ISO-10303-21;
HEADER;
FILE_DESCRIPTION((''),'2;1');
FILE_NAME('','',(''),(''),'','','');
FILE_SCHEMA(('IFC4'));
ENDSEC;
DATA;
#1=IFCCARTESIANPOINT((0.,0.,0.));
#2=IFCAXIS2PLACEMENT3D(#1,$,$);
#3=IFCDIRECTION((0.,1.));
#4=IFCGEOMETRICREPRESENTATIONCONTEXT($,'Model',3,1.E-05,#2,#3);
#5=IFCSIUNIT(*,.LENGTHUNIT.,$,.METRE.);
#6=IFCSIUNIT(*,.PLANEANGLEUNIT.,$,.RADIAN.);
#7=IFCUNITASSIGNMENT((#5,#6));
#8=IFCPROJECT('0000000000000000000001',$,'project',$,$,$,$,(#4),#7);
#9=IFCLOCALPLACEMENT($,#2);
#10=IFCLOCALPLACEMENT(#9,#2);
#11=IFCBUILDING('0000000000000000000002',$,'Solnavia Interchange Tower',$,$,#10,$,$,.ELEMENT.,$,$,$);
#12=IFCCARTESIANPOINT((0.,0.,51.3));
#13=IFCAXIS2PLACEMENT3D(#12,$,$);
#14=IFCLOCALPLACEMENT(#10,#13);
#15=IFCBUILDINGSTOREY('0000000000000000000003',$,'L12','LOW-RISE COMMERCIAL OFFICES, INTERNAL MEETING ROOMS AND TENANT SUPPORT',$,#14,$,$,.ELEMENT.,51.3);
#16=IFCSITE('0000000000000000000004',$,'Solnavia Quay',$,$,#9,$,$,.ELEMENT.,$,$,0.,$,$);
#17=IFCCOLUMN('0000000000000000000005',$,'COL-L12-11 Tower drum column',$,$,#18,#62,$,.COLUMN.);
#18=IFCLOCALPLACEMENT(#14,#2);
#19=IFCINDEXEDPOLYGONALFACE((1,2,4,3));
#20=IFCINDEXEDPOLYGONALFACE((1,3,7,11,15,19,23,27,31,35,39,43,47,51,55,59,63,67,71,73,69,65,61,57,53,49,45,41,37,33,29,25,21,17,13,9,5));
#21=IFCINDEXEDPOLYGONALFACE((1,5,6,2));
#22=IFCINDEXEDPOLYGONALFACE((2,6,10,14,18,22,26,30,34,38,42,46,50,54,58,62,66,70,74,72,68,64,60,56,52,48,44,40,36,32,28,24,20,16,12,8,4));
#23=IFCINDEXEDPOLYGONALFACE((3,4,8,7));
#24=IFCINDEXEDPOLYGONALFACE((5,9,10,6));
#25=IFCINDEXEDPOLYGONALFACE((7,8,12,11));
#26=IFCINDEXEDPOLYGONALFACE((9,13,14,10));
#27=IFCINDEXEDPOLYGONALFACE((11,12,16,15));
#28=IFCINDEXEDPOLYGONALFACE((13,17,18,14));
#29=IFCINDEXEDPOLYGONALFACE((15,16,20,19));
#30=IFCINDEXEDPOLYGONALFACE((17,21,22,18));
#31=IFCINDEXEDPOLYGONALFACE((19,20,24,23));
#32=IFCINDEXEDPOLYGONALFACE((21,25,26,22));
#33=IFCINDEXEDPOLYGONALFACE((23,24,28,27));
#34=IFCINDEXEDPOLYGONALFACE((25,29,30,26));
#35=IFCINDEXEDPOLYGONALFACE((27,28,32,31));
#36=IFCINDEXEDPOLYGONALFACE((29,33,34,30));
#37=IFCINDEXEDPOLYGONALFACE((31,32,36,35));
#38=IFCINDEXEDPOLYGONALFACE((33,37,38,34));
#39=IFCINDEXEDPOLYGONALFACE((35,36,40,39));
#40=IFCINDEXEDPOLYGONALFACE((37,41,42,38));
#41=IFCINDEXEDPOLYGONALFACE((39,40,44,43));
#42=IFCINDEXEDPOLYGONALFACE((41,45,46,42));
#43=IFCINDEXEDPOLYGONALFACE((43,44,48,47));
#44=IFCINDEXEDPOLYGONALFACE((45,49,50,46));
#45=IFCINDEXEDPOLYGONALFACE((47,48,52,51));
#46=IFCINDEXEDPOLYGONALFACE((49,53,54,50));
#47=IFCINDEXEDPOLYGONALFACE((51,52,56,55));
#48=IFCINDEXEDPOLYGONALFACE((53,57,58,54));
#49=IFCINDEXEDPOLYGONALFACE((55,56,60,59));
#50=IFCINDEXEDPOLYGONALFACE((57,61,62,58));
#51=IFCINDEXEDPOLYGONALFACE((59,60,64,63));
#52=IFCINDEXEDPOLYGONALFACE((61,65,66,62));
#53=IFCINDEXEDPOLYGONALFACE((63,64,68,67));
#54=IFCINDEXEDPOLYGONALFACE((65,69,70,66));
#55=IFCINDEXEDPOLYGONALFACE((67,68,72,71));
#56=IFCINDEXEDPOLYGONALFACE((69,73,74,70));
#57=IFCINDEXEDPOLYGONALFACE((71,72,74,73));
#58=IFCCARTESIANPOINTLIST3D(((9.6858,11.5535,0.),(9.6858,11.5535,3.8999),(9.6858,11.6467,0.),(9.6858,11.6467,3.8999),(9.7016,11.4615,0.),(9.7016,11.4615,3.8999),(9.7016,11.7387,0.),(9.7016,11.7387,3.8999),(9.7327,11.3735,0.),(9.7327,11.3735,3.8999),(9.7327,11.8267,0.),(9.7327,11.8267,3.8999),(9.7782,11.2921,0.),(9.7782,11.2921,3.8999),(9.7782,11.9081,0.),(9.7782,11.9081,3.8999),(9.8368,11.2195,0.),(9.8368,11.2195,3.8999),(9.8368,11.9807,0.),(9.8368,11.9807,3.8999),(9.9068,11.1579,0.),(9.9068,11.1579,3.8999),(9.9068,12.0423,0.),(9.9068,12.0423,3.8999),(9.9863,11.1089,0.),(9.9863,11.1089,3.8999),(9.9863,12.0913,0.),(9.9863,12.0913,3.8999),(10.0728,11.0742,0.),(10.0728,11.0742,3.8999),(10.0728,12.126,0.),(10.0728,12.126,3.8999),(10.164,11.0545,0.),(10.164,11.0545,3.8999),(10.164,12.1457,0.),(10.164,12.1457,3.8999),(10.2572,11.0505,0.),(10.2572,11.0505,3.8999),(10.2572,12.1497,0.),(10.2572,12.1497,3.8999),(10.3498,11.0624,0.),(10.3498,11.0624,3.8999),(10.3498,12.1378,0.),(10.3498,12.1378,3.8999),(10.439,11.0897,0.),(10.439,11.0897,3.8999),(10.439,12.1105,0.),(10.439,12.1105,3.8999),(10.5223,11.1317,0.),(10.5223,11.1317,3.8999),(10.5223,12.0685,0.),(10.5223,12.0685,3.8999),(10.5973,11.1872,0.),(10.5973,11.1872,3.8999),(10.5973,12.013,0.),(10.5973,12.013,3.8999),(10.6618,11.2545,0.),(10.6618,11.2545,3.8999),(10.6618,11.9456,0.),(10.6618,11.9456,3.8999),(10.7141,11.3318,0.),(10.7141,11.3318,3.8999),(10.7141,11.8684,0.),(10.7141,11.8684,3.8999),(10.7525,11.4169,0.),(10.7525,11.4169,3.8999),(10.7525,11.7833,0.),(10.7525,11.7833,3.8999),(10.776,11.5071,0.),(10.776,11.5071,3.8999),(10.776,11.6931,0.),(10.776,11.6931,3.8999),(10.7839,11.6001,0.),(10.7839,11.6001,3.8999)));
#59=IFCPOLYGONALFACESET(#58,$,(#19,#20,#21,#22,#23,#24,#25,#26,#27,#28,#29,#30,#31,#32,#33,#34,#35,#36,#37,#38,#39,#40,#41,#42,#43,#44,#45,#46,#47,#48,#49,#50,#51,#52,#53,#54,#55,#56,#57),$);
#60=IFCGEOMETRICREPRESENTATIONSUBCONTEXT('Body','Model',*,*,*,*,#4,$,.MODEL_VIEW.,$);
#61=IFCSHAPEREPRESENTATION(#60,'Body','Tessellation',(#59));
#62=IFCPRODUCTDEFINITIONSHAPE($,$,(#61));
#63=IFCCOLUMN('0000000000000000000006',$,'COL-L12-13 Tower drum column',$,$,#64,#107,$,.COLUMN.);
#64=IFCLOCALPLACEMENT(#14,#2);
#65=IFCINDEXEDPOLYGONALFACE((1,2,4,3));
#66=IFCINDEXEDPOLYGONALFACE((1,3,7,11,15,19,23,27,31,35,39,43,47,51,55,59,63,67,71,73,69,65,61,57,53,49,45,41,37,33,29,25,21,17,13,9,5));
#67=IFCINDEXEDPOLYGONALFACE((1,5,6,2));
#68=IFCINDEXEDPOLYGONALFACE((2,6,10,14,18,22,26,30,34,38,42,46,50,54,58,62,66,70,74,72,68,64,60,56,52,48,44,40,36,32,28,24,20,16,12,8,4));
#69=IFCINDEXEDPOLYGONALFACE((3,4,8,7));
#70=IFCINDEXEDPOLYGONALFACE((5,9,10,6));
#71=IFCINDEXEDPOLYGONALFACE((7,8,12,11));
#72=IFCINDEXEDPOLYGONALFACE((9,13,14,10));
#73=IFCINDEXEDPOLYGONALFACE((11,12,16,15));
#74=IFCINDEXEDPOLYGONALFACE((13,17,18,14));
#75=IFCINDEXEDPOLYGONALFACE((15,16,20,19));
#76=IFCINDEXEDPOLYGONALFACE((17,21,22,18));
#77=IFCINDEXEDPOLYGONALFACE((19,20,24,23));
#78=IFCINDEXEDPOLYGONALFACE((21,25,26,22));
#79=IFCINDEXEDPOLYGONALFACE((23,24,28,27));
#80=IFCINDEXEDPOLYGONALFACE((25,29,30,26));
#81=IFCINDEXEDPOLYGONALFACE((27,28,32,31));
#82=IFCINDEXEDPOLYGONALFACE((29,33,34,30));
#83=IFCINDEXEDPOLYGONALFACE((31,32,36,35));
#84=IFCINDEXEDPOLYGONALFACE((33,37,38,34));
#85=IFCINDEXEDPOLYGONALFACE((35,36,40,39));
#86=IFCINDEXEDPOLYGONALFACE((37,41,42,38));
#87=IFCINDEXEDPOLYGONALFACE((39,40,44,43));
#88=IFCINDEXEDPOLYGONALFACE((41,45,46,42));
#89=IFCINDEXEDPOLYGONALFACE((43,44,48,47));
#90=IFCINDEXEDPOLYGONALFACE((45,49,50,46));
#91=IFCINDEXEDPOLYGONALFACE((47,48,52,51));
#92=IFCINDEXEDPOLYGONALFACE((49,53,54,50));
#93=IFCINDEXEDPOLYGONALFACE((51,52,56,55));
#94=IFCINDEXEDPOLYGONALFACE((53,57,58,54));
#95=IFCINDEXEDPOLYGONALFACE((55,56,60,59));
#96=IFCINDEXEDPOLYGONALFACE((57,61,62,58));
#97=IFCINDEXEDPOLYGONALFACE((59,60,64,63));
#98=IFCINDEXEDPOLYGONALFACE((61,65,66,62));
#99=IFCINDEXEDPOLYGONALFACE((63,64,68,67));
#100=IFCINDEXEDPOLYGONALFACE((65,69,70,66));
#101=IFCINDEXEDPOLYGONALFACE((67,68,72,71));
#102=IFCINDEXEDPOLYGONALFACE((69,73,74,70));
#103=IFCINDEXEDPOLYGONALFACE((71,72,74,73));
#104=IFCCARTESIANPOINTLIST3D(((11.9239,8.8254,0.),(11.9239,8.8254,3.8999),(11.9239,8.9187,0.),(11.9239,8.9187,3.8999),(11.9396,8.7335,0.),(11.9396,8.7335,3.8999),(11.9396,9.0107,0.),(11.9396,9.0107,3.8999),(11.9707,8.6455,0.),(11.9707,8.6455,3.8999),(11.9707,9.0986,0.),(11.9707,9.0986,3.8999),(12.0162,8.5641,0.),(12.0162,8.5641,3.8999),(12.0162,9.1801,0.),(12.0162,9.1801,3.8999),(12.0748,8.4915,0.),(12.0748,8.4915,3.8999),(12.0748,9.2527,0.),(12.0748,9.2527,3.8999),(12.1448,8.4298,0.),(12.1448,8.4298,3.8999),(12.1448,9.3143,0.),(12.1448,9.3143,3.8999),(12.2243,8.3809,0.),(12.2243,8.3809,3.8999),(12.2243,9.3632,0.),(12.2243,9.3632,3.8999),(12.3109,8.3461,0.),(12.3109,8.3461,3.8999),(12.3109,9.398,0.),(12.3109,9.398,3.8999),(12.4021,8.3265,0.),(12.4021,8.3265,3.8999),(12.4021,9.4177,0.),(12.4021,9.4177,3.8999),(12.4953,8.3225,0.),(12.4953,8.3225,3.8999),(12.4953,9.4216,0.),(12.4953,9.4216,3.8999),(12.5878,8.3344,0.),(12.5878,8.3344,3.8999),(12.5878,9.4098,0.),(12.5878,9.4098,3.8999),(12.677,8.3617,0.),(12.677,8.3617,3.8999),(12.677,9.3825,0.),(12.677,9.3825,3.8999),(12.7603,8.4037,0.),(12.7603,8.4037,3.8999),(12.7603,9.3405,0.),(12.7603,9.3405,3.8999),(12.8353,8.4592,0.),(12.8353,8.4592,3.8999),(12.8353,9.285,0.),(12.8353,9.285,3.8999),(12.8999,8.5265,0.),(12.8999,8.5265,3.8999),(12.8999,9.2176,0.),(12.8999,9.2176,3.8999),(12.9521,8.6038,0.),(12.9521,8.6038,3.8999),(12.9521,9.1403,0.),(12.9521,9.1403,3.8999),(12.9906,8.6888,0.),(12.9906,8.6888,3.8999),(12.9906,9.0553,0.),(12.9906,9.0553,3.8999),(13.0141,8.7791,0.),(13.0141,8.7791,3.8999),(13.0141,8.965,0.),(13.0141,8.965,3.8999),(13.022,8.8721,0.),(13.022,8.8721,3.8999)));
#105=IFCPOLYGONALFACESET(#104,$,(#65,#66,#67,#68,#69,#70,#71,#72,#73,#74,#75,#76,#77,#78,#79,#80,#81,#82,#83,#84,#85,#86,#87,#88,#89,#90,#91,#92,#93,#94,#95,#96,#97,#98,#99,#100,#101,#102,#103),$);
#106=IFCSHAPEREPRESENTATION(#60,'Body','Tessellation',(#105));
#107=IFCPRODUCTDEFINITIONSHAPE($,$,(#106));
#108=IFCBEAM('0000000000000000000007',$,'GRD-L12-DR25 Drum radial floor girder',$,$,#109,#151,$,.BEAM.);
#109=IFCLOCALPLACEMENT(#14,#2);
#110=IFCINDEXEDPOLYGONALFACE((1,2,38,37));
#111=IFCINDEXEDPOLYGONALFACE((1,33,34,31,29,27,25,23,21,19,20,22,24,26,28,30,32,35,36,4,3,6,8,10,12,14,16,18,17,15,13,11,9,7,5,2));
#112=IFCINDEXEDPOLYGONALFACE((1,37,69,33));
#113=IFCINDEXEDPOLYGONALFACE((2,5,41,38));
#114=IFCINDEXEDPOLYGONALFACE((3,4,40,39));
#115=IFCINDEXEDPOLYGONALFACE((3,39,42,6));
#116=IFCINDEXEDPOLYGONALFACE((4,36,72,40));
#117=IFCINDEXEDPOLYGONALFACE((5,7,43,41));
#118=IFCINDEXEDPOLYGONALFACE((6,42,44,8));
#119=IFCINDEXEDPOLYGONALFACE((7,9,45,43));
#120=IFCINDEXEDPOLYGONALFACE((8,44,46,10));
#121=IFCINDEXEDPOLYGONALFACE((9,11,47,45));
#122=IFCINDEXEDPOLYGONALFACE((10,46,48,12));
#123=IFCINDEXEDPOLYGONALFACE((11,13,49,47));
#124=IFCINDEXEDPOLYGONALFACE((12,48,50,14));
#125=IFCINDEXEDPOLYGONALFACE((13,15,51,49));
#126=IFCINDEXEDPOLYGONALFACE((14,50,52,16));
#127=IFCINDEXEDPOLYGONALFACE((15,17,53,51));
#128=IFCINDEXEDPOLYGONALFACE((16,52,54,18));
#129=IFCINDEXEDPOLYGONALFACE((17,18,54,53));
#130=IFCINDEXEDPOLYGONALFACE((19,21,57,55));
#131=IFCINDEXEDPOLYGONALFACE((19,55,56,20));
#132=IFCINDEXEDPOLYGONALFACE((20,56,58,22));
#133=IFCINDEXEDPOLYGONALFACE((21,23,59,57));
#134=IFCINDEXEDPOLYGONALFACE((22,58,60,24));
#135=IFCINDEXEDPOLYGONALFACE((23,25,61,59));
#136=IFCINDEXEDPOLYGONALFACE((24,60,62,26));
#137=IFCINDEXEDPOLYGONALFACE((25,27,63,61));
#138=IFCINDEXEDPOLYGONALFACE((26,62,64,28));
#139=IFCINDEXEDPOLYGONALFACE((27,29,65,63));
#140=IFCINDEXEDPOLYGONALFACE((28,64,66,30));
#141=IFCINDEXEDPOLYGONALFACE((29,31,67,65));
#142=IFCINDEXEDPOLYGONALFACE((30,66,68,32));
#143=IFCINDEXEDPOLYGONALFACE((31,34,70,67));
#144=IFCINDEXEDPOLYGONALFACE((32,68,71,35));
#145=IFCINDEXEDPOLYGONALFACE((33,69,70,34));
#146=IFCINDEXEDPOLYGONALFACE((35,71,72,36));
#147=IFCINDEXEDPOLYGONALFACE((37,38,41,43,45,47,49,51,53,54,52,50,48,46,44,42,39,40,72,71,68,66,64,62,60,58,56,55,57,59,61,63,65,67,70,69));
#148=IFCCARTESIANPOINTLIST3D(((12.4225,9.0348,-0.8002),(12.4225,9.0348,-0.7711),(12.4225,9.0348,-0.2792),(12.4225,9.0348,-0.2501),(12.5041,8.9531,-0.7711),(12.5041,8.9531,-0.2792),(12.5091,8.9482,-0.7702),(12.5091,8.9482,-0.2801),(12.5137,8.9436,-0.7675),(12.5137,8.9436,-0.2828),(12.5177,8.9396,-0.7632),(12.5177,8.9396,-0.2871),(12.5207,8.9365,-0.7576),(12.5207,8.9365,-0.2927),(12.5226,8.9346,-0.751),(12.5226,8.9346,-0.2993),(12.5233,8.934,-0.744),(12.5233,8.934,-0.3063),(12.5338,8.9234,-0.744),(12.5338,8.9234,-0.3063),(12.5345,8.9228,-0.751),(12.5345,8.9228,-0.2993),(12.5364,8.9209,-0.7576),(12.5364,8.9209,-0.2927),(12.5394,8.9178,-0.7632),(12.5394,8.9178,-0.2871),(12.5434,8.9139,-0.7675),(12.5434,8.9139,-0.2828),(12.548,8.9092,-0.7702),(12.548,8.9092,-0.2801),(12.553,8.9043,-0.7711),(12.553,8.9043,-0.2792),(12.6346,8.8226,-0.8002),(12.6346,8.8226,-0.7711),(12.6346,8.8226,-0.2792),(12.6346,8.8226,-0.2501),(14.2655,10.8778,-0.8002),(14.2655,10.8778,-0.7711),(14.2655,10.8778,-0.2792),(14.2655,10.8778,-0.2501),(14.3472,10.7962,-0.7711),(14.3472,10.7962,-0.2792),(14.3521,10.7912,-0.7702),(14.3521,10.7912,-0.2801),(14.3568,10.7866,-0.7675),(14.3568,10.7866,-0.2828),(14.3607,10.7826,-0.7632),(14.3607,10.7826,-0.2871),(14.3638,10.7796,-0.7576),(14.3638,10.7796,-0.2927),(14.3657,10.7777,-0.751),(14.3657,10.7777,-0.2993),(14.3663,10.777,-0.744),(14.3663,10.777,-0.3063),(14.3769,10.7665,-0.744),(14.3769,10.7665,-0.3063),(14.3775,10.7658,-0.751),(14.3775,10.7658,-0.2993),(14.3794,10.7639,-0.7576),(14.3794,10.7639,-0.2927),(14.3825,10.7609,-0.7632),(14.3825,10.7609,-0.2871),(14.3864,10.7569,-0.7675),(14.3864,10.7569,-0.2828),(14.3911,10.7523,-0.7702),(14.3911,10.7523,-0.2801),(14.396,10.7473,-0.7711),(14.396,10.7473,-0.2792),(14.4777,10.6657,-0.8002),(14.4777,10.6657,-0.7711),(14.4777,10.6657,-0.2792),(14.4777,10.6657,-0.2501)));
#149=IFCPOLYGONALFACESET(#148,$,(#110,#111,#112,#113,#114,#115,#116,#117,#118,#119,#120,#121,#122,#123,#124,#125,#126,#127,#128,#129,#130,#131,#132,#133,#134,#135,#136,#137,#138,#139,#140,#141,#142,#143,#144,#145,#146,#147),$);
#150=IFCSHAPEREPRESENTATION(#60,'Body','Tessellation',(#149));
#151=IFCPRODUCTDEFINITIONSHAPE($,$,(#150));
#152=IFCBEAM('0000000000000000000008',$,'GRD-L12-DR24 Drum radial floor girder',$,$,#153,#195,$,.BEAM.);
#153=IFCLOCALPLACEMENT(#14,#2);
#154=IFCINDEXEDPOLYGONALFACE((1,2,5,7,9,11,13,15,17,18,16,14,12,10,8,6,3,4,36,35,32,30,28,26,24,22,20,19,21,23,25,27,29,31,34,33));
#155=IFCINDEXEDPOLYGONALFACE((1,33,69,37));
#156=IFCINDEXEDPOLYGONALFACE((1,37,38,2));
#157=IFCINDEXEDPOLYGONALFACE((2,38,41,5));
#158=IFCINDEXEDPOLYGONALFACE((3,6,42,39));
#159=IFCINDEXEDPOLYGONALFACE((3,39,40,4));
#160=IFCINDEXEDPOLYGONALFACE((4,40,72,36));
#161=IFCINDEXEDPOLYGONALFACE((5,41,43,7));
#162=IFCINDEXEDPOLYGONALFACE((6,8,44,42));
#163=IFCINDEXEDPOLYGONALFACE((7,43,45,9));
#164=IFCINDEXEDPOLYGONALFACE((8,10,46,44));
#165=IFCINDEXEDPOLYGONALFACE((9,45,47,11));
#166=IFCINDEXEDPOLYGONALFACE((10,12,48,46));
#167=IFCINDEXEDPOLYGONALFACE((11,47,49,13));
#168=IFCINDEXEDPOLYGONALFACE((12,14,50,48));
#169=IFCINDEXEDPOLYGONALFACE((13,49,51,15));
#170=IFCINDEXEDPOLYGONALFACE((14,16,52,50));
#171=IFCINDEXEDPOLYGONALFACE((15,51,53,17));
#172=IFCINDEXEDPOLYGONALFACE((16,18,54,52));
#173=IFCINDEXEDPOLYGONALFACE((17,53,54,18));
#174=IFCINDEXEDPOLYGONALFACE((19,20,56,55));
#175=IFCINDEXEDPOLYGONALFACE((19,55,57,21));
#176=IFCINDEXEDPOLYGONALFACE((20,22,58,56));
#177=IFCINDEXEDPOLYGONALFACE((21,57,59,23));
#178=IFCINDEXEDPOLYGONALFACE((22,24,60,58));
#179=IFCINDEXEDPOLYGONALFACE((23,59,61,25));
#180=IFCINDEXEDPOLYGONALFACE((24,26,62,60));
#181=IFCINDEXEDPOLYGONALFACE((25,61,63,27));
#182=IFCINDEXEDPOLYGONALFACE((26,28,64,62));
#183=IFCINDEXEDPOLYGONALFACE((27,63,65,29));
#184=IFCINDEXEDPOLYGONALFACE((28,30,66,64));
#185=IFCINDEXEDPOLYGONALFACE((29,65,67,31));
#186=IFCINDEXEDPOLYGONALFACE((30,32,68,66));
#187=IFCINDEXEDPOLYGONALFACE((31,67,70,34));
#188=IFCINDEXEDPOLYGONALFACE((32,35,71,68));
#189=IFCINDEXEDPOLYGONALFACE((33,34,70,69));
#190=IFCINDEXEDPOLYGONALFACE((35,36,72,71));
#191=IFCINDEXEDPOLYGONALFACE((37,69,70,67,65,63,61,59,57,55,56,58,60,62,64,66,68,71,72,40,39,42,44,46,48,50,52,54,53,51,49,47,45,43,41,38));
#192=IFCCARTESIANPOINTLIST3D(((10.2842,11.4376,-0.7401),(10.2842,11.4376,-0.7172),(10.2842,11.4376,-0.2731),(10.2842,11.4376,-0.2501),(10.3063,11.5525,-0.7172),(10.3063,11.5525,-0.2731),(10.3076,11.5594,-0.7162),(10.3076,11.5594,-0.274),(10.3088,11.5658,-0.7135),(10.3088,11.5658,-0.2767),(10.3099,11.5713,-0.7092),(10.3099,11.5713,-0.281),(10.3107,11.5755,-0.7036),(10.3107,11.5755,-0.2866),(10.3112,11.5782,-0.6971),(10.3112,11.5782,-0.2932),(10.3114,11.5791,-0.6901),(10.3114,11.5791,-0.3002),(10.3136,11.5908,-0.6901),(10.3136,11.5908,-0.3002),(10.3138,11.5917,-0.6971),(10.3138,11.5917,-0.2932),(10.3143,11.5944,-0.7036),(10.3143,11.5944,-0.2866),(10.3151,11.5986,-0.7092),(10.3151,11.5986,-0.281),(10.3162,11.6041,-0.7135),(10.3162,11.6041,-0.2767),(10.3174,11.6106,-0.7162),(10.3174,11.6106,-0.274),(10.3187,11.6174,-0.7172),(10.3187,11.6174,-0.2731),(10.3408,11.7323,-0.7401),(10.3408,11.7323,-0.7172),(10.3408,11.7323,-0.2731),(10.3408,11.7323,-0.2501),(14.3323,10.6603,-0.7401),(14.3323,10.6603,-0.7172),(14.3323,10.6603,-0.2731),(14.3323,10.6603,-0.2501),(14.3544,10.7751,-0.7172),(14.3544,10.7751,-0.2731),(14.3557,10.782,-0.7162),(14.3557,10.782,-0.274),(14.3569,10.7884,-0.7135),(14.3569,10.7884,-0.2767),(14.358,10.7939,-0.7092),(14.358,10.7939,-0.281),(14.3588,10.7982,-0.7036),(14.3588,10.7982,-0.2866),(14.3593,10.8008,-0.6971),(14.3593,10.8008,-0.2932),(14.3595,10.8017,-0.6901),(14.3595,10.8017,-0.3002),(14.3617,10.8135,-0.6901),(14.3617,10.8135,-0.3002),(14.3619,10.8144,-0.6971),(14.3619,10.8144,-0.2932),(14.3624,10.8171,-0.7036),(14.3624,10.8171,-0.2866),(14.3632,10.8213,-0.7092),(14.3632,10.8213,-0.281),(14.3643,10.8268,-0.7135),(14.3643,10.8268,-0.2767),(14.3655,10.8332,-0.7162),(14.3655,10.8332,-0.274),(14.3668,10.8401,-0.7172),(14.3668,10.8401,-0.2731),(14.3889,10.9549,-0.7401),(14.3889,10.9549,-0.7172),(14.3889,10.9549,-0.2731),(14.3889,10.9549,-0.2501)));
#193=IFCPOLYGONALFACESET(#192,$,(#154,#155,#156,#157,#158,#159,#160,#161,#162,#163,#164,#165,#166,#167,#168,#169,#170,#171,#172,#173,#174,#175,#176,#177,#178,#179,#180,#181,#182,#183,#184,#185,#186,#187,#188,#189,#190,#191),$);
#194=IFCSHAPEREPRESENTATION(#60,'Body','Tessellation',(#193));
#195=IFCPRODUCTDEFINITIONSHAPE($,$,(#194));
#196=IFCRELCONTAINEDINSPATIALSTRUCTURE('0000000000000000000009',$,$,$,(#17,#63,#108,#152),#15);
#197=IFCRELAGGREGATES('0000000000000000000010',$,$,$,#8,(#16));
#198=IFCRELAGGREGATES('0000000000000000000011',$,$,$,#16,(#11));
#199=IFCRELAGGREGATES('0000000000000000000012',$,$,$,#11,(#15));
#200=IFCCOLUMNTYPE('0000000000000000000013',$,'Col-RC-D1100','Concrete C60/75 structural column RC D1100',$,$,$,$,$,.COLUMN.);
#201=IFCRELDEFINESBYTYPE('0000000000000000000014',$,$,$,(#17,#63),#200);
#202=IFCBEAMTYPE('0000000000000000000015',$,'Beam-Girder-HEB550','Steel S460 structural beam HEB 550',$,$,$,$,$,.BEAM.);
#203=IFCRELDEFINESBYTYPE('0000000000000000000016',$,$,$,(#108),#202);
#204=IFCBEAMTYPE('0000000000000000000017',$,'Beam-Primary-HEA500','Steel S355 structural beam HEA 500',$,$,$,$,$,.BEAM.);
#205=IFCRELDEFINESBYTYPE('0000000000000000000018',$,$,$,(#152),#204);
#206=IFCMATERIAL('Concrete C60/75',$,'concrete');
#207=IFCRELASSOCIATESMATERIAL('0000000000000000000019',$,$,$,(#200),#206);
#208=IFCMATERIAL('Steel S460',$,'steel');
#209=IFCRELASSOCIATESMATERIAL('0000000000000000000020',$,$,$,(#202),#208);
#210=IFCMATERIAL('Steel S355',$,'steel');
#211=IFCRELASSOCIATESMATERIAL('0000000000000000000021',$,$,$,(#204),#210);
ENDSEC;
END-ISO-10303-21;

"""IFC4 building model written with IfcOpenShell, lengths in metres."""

from ifc_helpers import new_model, si_unit, direction, frame, origin, origin_2d, place, context, subcontext, project, spatial, circle, i_section, extrude, material, material_profile, profile_set, type_object, element, save


model = new_model("IFC4")

# Units and contexts
model_context = context("Model", 3, precision=1e-05, world=origin(), true_north=direction((0.0, 1.0)))
body_context = subcontext(model_context, "Body", "Model", "MODEL_VIEW")
ifc_project = project(units=[si_unit("LENGTHUNIT", "METRE"), si_unit("PLANEANGLEUNIT", "RADIAN")], contexts=[model_context])

# Site, building, storey
site_placement = place(None, origin())
site = spatial("IfcSite", under=ifc_project, at=site_placement, Name="Solnavia Quay", CompositionType="ELEMENT", RefElevation=0.0)
building_placement = place(site_placement, origin())
building = spatial("IfcBuilding", under=site, at=building_placement, Name="Solnavia Interchange Tower", CompositionType="ELEMENT")
storey_placement = place(building_placement, frame((0.0, 0.0, 51.3)))
storey = spatial("IfcBuildingStorey", under=building, at=storey_placement, Name="L12", Description="LOW-RISE COMMERCIAL OFFICES, INTERNAL MEETING ROOMS AND TENANT SUPPORT", CompositionType="ELEMENT", Elevation=51.3)

# Columns
ifc_material_1 = material(Name="Concrete C60/75", Category="concrete")
ifc_material_profile_1 = material_profile(ifc_material_1, circle(Radius=0.55, at=origin_2d()), Name="RC D1100")
ifc_profile_set_1 = profile_set([ifc_material_profile_1], Name="Concrete C60/75")
column_type = type_object("IfcColumnType", Name="Col-RC-D1100", Description="Concrete C60/75 structural column RC D1100", PredefinedType="COLUMN", material=ifc_profile_set_1)
for number, where, z_axis, x_axis, name in (
    (1, (10.2339, 11.6001, 0.0), (0.0, 0.0, 1.0), (1.0, 0.0, 0.0), "COL-L12-11 Tower drum column"),
    (2, (12.4719, 8.8721, 0.0), (0.0, 0.0, 1.0), (1.0, 0.0, 0.0), "COL-L12-13 Tower drum column"),
):
    element("IfcColumn", number, at=place(storey_placement, frame(where, z_axis=z_axis, x_axis=x_axis)), inside=storey, type_object=column_type, Name=name, PredefinedType="COLUMN", context=body_context, shape_type="SweptSolid", body=[
        extrude(circle(Radius=0.55, at=origin_2d()), origin(), (0.0, 0.0, 1.0), 3.8999),
    ])

# Beams
ifc_material_2 = material(Name="Steel S460", Category="steel")
ifc_material_profile_2 = material_profile(ifc_material_2, i_section(OverallWidth=0.3, OverallDepth=0.55, WebThickness=0.0149, FlangeThickness=0.0291, FilletRadius=0.0271, at=origin_2d()), Name="HEB 550")
ifc_profile_set_2 = profile_set([ifc_material_profile_2], Name="Steel S460")
beam_type_1 = type_object("IfcBeamType", Name="Beam-Girder-HEB550", Description="Steel S460 structural beam HEB 550", PredefinedType="BEAM", material=ifc_profile_set_2)
beam_1_placement = place(storey_placement, frame((12.5286, 8.9287, -0.5251), z_axis=(0.707107, 0.707107, 0.0), x_axis=(-0.707107, 0.707107, 0.0)))
element("IfcBeam", 3, at=beam_1_placement, inside=storey, type_object=beam_type_1, Name="GRD-L12-DR25 Drum radial floor girder", PredefinedType="BEAM", context=body_context, shape_type="SweptSolid", body=[
    extrude(i_section(OverallWidth=0.3, OverallDepth=0.55, WebThickness=0.0149, FlangeThickness=0.0291, FilletRadius=0.0271, at=origin_2d()), origin(), (0.0, 0.0, 1.0), 2.6064),
])
ifc_material_3 = material(Name="Steel S355", Category="steel")
ifc_material_profile_3 = material_profile(ifc_material_3, i_section(OverallWidth=0.3, OverallDepth=0.49, WebThickness=0.012, FlangeThickness=0.0229, FilletRadius=0.0271, at=origin_2d()), Name="HEA 500")
ifc_profile_set_3 = profile_set([ifc_material_profile_3], Name="Steel S355")
beam_type_2 = type_object("IfcBeamType", Name="Beam-Primary-HEA500", Description="Steel S355 structural beam HEA 500", PredefinedType="BEAM", material=ifc_profile_set_3)
beam_2_placement = place(storey_placement, frame((10.3125, 11.585, -0.4951), z_axis=(0.982058, -0.188582, 0.0), x_axis=(0.188582, 0.982058, 0.0)))
element("IfcBeam", 4, at=beam_2_placement, inside=storey, type_object=beam_type_2, Name="GRD-L12-DR24 Drum radial floor girder", PredefinedType="BEAM", context=body_context, shape_type="SweptSolid", body=[
    extrude(i_section(OverallWidth=0.3, OverallDepth=0.49, WebThickness=0.012, FlangeThickness=0.0229, FilletRadius=0.0271, at=origin_2d()), origin(), (0.0, 0.0, 1.0), 4.1221),
])

save(model, "model.ifc")
